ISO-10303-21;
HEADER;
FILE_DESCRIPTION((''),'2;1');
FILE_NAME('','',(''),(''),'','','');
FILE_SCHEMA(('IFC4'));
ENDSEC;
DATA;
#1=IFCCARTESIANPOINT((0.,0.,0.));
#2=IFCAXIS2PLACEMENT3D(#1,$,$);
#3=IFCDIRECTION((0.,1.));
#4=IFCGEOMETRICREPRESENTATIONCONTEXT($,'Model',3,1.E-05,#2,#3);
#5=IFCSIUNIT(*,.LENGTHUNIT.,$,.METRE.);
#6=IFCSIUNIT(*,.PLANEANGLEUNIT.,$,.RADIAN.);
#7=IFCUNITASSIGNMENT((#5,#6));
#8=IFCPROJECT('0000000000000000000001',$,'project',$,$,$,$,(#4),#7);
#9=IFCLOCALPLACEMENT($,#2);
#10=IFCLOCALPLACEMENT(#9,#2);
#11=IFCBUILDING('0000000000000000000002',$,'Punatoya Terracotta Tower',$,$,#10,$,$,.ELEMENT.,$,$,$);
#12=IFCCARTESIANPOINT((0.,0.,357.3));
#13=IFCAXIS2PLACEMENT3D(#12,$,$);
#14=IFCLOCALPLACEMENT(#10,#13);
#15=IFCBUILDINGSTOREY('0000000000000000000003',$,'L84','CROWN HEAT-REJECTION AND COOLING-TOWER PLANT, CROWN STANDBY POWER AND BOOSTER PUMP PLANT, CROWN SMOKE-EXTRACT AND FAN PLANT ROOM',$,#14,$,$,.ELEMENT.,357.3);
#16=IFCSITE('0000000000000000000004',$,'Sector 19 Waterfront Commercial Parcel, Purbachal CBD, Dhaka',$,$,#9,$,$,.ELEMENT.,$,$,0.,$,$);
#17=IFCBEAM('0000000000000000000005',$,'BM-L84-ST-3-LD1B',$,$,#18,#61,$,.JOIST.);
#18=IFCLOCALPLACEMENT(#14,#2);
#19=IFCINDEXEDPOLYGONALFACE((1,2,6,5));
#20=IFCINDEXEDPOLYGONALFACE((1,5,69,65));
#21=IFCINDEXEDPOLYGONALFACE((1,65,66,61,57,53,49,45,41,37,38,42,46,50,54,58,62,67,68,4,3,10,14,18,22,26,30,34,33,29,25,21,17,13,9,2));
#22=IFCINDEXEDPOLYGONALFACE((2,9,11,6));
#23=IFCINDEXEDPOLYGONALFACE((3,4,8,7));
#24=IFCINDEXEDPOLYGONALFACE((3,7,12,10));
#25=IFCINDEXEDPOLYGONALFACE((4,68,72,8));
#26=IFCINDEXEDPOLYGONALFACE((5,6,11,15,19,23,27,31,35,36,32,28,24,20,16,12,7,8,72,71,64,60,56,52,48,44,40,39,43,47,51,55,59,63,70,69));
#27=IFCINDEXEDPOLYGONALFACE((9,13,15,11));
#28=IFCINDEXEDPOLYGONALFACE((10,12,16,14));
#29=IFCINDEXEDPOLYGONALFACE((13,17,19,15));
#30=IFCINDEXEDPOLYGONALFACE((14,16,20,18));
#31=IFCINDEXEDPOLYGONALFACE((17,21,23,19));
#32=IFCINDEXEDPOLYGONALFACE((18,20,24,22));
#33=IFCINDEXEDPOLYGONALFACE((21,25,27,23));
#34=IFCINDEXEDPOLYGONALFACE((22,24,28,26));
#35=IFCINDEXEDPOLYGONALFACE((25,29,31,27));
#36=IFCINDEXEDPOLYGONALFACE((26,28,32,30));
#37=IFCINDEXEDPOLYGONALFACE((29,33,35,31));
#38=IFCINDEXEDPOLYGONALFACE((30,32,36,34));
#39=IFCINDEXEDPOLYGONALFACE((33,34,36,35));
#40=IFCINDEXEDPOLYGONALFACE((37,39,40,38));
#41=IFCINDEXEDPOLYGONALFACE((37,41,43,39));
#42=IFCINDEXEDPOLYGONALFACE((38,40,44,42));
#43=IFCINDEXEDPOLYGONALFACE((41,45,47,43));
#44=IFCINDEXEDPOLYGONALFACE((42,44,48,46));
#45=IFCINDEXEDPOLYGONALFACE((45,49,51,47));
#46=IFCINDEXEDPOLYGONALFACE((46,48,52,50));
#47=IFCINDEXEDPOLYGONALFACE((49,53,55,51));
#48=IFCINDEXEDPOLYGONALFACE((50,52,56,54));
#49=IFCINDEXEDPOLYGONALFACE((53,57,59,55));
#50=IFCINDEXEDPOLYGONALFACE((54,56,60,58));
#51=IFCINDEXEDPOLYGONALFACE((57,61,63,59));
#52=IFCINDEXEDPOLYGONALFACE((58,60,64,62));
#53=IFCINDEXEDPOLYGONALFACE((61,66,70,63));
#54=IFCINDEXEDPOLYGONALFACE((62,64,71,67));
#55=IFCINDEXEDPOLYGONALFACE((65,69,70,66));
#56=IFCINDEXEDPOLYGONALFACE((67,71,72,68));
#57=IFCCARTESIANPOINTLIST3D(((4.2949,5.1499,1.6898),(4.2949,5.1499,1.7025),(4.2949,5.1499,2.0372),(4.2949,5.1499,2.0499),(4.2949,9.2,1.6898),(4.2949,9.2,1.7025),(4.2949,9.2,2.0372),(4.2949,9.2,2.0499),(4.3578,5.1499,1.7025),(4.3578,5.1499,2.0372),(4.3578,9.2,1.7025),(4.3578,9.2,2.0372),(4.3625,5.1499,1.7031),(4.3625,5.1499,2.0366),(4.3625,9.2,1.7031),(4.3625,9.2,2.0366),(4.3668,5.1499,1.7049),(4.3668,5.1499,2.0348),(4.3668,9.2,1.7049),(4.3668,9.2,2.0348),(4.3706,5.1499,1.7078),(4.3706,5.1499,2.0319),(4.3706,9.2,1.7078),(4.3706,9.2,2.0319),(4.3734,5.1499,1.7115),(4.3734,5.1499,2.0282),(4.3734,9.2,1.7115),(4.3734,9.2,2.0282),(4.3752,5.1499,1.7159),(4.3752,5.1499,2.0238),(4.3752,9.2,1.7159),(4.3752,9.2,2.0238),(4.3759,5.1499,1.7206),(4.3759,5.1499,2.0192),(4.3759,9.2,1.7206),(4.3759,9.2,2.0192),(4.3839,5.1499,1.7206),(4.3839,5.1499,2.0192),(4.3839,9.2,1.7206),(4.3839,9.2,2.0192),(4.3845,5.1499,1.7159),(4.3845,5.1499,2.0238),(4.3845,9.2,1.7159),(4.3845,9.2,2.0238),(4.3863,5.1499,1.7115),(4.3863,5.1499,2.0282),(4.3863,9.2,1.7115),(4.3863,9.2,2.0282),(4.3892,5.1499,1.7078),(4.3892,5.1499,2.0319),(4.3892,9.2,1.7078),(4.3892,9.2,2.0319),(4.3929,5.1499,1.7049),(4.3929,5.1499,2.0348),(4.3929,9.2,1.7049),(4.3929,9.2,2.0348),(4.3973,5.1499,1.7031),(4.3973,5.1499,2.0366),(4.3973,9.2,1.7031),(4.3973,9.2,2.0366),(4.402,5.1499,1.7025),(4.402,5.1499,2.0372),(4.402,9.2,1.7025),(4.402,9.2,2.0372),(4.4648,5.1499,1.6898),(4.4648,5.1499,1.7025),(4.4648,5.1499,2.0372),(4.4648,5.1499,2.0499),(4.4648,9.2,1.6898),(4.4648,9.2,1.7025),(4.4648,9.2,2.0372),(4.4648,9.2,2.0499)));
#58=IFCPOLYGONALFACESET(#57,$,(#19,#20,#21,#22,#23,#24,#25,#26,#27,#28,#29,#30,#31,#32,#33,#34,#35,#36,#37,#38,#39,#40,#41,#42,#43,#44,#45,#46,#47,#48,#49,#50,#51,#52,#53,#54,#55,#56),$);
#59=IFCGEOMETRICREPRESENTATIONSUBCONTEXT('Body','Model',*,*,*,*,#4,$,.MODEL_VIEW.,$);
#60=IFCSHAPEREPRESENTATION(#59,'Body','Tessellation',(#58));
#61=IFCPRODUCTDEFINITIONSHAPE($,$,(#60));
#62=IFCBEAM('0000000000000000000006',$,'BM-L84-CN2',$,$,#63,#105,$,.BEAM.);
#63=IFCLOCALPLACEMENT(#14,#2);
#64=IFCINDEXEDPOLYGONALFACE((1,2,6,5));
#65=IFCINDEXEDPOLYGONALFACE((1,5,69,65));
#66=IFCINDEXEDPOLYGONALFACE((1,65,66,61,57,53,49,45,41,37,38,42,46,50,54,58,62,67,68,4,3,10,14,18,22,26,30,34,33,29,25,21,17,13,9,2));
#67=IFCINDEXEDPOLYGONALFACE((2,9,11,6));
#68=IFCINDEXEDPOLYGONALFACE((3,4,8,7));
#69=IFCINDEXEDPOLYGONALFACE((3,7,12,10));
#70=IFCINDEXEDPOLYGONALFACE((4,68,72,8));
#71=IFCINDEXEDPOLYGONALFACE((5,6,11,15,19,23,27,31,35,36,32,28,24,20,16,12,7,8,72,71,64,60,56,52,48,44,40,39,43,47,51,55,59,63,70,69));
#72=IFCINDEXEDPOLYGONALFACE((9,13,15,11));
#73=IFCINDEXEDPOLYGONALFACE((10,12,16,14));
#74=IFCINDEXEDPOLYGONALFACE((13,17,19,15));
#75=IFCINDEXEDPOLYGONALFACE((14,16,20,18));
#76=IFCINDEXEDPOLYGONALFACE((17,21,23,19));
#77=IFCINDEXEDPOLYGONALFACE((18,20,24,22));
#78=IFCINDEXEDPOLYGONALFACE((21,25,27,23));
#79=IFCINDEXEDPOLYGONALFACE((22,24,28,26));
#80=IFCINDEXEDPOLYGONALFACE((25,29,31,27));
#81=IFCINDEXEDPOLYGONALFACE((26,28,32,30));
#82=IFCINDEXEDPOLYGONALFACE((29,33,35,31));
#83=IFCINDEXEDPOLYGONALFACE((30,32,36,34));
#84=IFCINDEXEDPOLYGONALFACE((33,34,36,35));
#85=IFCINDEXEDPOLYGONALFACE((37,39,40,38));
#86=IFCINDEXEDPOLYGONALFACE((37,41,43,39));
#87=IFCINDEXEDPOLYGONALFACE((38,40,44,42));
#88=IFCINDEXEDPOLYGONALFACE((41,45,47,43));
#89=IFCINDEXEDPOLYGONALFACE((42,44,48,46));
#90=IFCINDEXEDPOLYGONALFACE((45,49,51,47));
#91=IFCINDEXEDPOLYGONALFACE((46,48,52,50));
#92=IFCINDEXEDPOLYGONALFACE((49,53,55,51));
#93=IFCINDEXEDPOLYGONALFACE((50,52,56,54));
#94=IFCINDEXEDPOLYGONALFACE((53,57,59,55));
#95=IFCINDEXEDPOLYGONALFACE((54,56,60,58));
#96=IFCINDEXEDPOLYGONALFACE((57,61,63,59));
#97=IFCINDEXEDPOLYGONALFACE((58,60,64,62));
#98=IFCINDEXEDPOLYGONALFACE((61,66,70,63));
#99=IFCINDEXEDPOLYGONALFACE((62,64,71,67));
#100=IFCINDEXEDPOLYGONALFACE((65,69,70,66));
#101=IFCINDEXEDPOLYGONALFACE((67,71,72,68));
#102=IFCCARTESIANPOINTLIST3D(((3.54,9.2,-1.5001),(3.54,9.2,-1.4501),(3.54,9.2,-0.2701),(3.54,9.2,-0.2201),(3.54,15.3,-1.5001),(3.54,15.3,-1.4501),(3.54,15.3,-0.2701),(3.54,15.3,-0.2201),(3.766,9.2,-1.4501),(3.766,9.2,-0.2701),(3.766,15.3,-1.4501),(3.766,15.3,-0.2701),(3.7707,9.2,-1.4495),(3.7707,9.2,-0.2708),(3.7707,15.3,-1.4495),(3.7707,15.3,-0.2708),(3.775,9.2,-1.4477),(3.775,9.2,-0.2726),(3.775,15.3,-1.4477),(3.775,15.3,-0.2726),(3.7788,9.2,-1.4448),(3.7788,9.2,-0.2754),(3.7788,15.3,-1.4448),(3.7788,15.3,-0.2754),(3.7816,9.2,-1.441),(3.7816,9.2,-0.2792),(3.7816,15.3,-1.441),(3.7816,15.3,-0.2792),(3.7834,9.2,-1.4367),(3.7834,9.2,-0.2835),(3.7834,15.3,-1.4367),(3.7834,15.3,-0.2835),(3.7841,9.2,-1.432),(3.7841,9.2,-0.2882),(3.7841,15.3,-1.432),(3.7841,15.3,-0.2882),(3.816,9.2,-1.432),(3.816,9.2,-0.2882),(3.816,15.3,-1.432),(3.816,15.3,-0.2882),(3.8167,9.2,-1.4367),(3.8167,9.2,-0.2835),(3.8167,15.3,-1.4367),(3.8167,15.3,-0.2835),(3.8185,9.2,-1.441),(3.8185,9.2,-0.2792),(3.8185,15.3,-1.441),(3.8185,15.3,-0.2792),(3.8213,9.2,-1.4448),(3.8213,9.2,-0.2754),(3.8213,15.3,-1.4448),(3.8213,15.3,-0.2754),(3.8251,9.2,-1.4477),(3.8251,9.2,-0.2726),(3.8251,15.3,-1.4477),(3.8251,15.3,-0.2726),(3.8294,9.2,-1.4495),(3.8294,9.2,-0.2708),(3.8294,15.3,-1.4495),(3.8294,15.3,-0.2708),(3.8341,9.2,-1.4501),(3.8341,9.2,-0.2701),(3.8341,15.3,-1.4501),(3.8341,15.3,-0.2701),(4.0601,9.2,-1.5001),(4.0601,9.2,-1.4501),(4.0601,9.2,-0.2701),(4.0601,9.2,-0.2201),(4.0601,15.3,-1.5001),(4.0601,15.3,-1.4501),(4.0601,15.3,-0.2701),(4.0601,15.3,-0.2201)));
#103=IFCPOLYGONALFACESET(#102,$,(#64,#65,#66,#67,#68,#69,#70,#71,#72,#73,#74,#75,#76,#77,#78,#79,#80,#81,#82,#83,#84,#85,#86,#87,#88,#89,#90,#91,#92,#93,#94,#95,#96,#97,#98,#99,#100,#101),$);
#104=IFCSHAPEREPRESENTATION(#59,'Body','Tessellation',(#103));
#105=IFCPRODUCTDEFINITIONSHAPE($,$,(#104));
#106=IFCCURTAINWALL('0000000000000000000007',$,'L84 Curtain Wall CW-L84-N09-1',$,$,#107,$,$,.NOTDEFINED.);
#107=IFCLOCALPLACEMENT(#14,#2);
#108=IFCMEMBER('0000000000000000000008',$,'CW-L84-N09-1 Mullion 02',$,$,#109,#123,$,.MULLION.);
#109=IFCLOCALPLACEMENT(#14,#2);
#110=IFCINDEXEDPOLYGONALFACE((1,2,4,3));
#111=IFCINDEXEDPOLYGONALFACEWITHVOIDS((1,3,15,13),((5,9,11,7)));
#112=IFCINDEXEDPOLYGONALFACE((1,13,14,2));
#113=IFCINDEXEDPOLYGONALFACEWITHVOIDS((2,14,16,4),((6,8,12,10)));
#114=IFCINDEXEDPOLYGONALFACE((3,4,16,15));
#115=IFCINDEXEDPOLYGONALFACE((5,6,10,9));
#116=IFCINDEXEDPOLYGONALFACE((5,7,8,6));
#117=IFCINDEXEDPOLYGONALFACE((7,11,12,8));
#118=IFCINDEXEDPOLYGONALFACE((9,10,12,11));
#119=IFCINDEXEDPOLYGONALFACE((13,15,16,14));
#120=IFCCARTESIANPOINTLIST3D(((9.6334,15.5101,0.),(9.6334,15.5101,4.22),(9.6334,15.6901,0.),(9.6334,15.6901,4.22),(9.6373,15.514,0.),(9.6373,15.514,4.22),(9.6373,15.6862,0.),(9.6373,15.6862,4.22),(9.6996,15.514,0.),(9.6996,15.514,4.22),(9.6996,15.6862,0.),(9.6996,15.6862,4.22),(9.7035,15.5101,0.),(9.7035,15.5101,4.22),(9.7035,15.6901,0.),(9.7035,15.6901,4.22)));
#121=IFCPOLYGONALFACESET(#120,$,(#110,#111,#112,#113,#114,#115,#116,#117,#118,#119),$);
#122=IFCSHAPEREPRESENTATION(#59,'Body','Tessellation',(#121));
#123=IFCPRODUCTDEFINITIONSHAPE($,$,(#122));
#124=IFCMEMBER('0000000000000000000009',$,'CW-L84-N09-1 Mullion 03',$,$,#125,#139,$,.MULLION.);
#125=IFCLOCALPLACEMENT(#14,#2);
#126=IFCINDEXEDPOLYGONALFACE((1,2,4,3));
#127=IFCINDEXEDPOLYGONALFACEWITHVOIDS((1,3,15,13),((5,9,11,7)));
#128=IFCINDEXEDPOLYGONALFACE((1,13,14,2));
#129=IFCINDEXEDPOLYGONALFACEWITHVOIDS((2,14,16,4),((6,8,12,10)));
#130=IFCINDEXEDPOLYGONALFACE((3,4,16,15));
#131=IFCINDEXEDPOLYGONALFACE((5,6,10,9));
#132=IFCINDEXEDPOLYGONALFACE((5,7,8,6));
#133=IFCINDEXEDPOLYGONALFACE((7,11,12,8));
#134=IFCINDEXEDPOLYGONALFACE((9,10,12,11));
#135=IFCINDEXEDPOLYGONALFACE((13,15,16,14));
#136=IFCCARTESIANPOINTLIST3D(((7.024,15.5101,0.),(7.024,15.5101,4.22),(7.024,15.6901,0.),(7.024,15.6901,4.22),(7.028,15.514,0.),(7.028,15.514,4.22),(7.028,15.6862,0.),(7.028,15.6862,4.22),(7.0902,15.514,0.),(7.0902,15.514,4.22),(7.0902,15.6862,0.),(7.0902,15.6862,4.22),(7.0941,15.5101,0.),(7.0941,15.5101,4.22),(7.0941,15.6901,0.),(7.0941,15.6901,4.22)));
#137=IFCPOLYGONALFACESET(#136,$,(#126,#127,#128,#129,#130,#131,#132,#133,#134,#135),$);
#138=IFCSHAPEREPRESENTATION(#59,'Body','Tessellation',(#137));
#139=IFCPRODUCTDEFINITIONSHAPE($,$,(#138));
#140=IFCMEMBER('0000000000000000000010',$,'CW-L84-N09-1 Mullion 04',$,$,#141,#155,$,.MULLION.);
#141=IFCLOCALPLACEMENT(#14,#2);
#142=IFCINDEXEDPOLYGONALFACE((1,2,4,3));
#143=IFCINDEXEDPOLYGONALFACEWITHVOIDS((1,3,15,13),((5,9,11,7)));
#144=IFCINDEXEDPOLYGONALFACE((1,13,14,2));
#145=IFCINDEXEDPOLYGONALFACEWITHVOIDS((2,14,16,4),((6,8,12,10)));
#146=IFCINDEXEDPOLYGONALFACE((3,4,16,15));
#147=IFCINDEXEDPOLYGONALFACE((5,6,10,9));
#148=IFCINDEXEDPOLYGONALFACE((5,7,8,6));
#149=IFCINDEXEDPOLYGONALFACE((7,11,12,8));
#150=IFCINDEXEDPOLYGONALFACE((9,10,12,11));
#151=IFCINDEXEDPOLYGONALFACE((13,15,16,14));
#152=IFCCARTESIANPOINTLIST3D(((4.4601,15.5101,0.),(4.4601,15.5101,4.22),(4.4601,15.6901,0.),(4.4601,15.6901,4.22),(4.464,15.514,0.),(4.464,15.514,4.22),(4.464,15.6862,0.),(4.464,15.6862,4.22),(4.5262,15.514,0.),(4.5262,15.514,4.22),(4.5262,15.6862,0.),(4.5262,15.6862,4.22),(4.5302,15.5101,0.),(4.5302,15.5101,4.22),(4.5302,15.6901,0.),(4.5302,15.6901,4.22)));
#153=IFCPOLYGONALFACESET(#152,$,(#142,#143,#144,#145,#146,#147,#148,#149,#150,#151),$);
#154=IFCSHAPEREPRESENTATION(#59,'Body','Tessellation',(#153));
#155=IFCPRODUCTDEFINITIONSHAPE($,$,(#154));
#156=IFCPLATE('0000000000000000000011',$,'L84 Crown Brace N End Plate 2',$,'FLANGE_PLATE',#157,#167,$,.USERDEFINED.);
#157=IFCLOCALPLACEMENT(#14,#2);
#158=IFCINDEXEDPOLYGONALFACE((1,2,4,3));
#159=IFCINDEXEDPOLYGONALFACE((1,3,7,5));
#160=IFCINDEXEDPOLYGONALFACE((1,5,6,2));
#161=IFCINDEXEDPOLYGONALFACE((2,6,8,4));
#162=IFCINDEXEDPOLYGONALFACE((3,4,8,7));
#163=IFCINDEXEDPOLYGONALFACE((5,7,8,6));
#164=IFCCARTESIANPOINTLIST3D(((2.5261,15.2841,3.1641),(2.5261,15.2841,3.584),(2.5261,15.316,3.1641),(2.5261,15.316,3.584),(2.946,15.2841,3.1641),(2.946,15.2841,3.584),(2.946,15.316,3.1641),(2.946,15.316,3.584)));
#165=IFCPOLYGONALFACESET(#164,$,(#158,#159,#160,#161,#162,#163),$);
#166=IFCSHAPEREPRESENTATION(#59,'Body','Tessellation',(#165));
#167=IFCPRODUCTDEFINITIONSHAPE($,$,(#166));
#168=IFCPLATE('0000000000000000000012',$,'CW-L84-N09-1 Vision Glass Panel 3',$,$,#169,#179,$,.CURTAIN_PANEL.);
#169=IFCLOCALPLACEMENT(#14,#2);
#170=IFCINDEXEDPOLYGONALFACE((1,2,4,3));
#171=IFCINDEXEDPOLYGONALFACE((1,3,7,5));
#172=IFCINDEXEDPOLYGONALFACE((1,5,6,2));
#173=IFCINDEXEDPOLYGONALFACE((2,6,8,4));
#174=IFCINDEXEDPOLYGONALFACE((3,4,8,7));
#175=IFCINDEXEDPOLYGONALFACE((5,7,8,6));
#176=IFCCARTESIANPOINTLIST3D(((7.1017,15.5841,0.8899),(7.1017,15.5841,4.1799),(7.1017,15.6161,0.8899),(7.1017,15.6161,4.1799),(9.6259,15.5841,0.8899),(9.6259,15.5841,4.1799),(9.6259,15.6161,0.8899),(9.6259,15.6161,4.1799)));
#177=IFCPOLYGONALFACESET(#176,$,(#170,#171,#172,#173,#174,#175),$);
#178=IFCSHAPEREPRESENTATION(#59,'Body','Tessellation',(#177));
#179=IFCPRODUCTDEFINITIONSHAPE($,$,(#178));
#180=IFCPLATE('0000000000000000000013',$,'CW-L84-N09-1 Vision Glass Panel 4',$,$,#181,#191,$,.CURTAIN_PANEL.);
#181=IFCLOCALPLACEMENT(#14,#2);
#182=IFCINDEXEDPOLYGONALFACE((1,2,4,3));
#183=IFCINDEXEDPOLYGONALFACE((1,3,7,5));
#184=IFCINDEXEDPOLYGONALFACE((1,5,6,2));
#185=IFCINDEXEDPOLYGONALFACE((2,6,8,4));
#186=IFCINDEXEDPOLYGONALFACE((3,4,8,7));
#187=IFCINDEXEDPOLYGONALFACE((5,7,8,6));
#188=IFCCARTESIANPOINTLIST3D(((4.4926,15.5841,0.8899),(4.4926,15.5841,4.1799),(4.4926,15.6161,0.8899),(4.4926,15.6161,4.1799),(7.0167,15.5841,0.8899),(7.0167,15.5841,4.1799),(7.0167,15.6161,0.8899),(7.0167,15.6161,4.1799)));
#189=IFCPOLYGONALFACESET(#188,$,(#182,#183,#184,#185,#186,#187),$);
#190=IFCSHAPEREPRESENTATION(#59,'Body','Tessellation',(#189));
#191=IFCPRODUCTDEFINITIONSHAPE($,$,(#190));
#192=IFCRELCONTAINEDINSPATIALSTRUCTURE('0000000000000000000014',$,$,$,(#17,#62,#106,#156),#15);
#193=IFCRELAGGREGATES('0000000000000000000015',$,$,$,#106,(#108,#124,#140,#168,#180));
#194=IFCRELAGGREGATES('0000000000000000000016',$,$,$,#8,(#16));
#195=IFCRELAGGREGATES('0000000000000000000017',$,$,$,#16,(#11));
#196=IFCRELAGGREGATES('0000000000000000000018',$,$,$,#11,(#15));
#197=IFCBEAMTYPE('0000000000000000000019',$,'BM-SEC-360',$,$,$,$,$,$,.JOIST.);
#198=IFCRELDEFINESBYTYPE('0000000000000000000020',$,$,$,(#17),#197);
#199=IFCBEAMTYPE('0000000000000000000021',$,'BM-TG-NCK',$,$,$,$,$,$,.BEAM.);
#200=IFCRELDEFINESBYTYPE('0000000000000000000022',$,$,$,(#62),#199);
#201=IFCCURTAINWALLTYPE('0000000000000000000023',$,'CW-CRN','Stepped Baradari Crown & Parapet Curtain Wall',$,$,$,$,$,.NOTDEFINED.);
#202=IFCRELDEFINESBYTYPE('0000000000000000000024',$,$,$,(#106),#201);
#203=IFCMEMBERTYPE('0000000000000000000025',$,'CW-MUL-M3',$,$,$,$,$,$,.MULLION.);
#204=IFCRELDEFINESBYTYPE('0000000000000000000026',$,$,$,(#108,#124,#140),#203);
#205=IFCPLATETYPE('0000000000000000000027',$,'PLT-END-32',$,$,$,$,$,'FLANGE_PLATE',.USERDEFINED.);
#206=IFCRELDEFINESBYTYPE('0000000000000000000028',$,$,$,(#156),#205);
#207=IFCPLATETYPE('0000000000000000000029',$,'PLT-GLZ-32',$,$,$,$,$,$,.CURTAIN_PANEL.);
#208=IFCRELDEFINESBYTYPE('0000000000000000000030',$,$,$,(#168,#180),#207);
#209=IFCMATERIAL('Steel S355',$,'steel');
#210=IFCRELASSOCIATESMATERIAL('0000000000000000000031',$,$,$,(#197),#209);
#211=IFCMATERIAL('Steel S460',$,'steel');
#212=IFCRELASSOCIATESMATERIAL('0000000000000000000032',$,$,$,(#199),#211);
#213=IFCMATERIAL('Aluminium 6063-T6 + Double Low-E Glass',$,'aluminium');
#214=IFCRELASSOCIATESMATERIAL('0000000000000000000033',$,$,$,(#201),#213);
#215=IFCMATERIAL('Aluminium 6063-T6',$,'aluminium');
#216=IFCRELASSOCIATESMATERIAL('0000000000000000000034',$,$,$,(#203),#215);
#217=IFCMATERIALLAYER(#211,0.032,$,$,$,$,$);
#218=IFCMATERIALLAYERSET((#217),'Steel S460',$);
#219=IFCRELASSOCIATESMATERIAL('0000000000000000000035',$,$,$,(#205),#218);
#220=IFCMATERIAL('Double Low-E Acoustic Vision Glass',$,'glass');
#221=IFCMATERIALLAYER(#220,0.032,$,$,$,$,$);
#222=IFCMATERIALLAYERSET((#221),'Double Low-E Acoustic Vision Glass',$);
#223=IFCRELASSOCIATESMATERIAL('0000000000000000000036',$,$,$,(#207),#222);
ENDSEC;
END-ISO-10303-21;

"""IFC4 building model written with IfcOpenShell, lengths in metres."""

from ifc_helpers import new_model, si_unit, direction, frame, origin, origin_2d, place, context, subcontext, project, spatial, rectangle, hollow_rectangle, i_section, extrude, material, layer, layer_set, material_profile, profile_set, type_object, element, aggregate, save


model = new_model("IFC4")

# Units and contexts
model_context = context("Model", 3, precision=1e-05, world=origin(), true_north=direction((0.0, 1.0)))
body_context = subcontext(model_context, "Body", "Model", "MODEL_VIEW")
ifc_project = project(units=[si_unit("LENGTHUNIT", "METRE"), si_unit("PLANEANGLEUNIT", "RADIAN")], contexts=[model_context])

# Site, building, storey
site_placement = place(None, origin())
site = spatial("IfcSite", under=ifc_project, at=site_placement, Name="Sector 19 Waterfront Commercial Parcel, Purbachal CBD, Dhaka", CompositionType="ELEMENT", RefElevation=0.0)
building_placement = place(site_placement, origin())
building = spatial("IfcBuilding", under=site, at=building_placement, Name="Punatoya Terracotta Tower", CompositionType="ELEMENT")
storey_placement = place(building_placement, frame((0.0, 0.0, 357.3)))
storey = spatial("IfcBuildingStorey", under=building, at=storey_placement, Name="L84", Description="CROWN HEAT-REJECTION AND COOLING-TOWER PLANT, CROWN STANDBY POWER AND BOOSTER PUMP PLANT, CROWN SMOKE-EXTRACT AND FAN PLANT ROOM", CompositionType="ELEMENT", Elevation=357.3)

# Shared definitions
ifc_material_1 = material(Name="Steel S355", Category="steel")

# Beams
ifc_material_profile_1 = material_profile(ifc_material_1, i_section(OverallWidth=0.1699, OverallDepth=0.3601, WebThickness=0.0081, FlangeThickness=0.0127, FilletRadius=0.0181, at=origin_2d()))
ifc_profile_set_1 = profile_set([ifc_material_profile_1], Name="Steel S355")
beam_type_1 = type_object("IfcBeamType", Name="BM-SEC-360", PredefinedType="JOIST", material=ifc_profile_set_1)
for number, where, z_axis, x_axis, name in (
    (1, (4.3799, 5.1499, 1.8699), (0.0, 1.0, 0.0), (-1.0, 0.0, 0.0), "BM-L84-ST-3-LD1B"),
):
    element("IfcBeam", number, at=place(storey_placement, frame(where, z_axis=z_axis, x_axis=x_axis)), inside=storey, type_object=beam_type_1, Name=name, PredefinedType="JOIST", context=body_context, shape_type="SweptSolid", body=[
        extrude(i_section(OverallWidth=0.1699, OverallDepth=0.3601, WebThickness=0.0081, FlangeThickness=0.0127, FilletRadius=0.0181, at=origin_2d()), origin(), (0.0, 0.0, 1.0), 4.05),
    ])
ifc_material_2 = material(Name="Steel S460", Category="steel")
ifc_material_profile_2 = material_profile(ifc_material_2, i_section(OverallWidth=0.52, OverallDepth=1.28, WebThickness=0.032, FlangeThickness=0.05, FilletRadius=0.0181, at=origin_2d()))
ifc_profile_set_2 = profile_set([ifc_material_profile_2], Name="Steel S460")
beam_type_2 = type_object("IfcBeamType", Name="BM-TG-NCK", PredefinedType="BEAM", material=ifc_profile_set_2)
beam_placement = place(storey_placement, frame((3.8, 9.2, -0.8601), z_axis=(0.0, 1.0, 0.0), x_axis=(-1.0, 0.0, 0.0)))
element("IfcBeam", 2, at=beam_placement, inside=storey, type_object=beam_type_2, Name="BM-L84-CN2", PredefinedType="BEAM", context=body_context, shape_type="SweptSolid", body=[
    extrude(i_section(OverallWidth=0.52, OverallDepth=1.28, WebThickness=0.032, FlangeThickness=0.05, FilletRadius=0.0181, at=origin_2d()), origin(), (0.0, 0.0, 1.0), 6.1001),
])

# Curtain wall, members
ifc_material_3 = material(Name="Aluminium 6063-T6 + Double Low-E Glass", Category="aluminium")
curtain_wall_type = type_object("IfcCurtainWallType", Name="CW-CRN", Description="Stepped Baradari Crown & Parapet Curtain Wall", PredefinedType="NOTDEFINED", material=ifc_material_3)
curtain_wall_placement = place(storey_placement, origin())
curtain_wall = element("IfcCurtainWall", 3, at=curtain_wall_placement, inside=storey, type_object=curtain_wall_type, Name="L84 Curtain Wall CW-L84-N09-1", PredefinedType="NOTDEFINED")
ifc_material_4 = material(Name="Aluminium 6063-T6", Category="aluminium")
ifc_material_profile_3 = material_profile(ifc_material_4, hollow_rectangle(XDim=0.0701, YDim=0.1799, WallThickness=0.0039, at=origin_2d()))
ifc_profile_set_3 = profile_set([ifc_material_profile_3], Name="Aluminium 6063-T6")
member_type = type_object("IfcMemberType", Name="CW-MUL-M3", PredefinedType="MULLION", material=ifc_profile_set_3)
member_1_placement = place(storey_placement, frame((9.6685, 15.6001, 0.0), z_axis=(0.0, 0.0, 1.0), x_axis=(1.0, 0.0, 0.0)))
member_1 = element("IfcMember", 4, at=member_1_placement, type_object=member_type, Name="CW-L84-N09-1 Mullion 02", PredefinedType="MULLION", context=body_context, shape_type="SweptSolid", body=[
    extrude(hollow_rectangle(XDim=0.0701, YDim=0.1799, WallThickness=0.0039, at=origin_2d()), origin(), (0.0, 0.0, 1.0), 4.22),
])
member_2_placement = place(storey_placement, frame((7.0591, 15.6001, 0.0), z_axis=(0.0, 0.0, 1.0), x_axis=(1.0, 0.0, 0.0)))
member_2 = element("IfcMember", 5, at=member_2_placement, type_object=member_type, Name="CW-L84-N09-1 Mullion 03", PredefinedType="MULLION", context=body_context, shape_type="SweptSolid", body=[
    extrude(hollow_rectangle(XDim=0.0701, YDim=0.1799, WallThickness=0.0039, at=origin_2d()), origin(), (0.0, 0.0, 1.0), 4.22),
])
member_3_placement = place(storey_placement, frame((4.4951, 15.6001, 0.0), z_axis=(0.0, 0.0, 1.0), x_axis=(1.0, 0.0, 0.0)))
member_3 = element("IfcMember", 6, at=member_3_placement, type_object=member_type, Name="CW-L84-N09-1 Mullion 04", PredefinedType="MULLION", context=body_context, shape_type="SweptSolid", body=[
    extrude(hollow_rectangle(XDim=0.0701, YDim=0.1799, WallThickness=0.0039, at=origin_2d()), origin(), (0.0, 0.0, 1.0), 4.22),
])

# Plates
ifc_layer_1 = layer(ifc_material_2, 0.032)
ifc_layer_set_1 = layer_set([ifc_layer_1], Name="Steel S460")
plate_type_1 = type_object("IfcPlateType", Name="PLT-END-32", ElementType="FLANGE_PLATE", PredefinedType="USERDEFINED", material=ifc_layer_set_1)
plate_1_placement = place(storey_placement, frame((2.7361, 15.3, 3.1641), z_axis=(0.0, 0.0, 1.0), x_axis=(1.0, 0.0, 0.0)))
element("IfcPlate", 7, at=plate_1_placement, inside=storey, type_object=plate_type_1, Name="L84 Crown Brace N End Plate 2", ObjectType="FLANGE_PLATE", PredefinedType="USERDEFINED", context=body_context, shape_type="SweptSolid", body=[
    extrude(rectangle(XDim=0.4199, YDim=0.032, at=origin_2d()), origin(), (0.0, 0.0, 1.0), 0.4199),
])
ifc_material_5 = material(Name="Double Low-E Acoustic Vision Glass", Category="glass")
ifc_layer_2 = layer(ifc_material_5, 0.032)
ifc_layer_set_2 = layer_set([ifc_layer_2], Name="Double Low-E Acoustic Vision Glass")
plate_type_2 = type_object("IfcPlateType", Name="PLT-GLZ-32", PredefinedType="CURTAIN_PANEL", material=ifc_layer_set_2)
plate_2_placement = place(storey_placement, frame((8.3638, 15.6001, 0.8899), z_axis=(0.0, 0.0, 1.0), x_axis=(-1.0, 0.0, 0.0)))
plate_2 = element("IfcPlate", 8, at=plate_2_placement, type_object=plate_type_2, Name="CW-L84-N09-1 Vision Glass Panel 3", PredefinedType="CURTAIN_PANEL", context=body_context, shape_type="SweptSolid", body=[
    extrude(rectangle(XDim=2.5242, YDim=0.032, at=origin_2d()), origin(), (0.0, 0.0, 1.0), 3.29),
])
plate_3_placement = place(storey_placement, frame((5.7546, 15.6001, 0.8899), z_axis=(0.0, 0.0, 1.0), x_axis=(-1.0, 0.0, 0.0)))
plate_3 = element("IfcPlate", 9, at=plate_3_placement, type_object=plate_type_2, Name="CW-L84-N09-1 Vision Glass Panel 4", PredefinedType="CURTAIN_PANEL", context=body_context, shape_type="SweptSolid", body=[
    extrude(rectangle(XDim=2.5242, YDim=0.032, at=origin_2d()), origin(), (0.0, 0.0, 1.0), 3.29),
])
aggregate(curtain_wall, [member_1, member_2, member_3, plate_2, plate_3])

save(model, "model.ifc")
